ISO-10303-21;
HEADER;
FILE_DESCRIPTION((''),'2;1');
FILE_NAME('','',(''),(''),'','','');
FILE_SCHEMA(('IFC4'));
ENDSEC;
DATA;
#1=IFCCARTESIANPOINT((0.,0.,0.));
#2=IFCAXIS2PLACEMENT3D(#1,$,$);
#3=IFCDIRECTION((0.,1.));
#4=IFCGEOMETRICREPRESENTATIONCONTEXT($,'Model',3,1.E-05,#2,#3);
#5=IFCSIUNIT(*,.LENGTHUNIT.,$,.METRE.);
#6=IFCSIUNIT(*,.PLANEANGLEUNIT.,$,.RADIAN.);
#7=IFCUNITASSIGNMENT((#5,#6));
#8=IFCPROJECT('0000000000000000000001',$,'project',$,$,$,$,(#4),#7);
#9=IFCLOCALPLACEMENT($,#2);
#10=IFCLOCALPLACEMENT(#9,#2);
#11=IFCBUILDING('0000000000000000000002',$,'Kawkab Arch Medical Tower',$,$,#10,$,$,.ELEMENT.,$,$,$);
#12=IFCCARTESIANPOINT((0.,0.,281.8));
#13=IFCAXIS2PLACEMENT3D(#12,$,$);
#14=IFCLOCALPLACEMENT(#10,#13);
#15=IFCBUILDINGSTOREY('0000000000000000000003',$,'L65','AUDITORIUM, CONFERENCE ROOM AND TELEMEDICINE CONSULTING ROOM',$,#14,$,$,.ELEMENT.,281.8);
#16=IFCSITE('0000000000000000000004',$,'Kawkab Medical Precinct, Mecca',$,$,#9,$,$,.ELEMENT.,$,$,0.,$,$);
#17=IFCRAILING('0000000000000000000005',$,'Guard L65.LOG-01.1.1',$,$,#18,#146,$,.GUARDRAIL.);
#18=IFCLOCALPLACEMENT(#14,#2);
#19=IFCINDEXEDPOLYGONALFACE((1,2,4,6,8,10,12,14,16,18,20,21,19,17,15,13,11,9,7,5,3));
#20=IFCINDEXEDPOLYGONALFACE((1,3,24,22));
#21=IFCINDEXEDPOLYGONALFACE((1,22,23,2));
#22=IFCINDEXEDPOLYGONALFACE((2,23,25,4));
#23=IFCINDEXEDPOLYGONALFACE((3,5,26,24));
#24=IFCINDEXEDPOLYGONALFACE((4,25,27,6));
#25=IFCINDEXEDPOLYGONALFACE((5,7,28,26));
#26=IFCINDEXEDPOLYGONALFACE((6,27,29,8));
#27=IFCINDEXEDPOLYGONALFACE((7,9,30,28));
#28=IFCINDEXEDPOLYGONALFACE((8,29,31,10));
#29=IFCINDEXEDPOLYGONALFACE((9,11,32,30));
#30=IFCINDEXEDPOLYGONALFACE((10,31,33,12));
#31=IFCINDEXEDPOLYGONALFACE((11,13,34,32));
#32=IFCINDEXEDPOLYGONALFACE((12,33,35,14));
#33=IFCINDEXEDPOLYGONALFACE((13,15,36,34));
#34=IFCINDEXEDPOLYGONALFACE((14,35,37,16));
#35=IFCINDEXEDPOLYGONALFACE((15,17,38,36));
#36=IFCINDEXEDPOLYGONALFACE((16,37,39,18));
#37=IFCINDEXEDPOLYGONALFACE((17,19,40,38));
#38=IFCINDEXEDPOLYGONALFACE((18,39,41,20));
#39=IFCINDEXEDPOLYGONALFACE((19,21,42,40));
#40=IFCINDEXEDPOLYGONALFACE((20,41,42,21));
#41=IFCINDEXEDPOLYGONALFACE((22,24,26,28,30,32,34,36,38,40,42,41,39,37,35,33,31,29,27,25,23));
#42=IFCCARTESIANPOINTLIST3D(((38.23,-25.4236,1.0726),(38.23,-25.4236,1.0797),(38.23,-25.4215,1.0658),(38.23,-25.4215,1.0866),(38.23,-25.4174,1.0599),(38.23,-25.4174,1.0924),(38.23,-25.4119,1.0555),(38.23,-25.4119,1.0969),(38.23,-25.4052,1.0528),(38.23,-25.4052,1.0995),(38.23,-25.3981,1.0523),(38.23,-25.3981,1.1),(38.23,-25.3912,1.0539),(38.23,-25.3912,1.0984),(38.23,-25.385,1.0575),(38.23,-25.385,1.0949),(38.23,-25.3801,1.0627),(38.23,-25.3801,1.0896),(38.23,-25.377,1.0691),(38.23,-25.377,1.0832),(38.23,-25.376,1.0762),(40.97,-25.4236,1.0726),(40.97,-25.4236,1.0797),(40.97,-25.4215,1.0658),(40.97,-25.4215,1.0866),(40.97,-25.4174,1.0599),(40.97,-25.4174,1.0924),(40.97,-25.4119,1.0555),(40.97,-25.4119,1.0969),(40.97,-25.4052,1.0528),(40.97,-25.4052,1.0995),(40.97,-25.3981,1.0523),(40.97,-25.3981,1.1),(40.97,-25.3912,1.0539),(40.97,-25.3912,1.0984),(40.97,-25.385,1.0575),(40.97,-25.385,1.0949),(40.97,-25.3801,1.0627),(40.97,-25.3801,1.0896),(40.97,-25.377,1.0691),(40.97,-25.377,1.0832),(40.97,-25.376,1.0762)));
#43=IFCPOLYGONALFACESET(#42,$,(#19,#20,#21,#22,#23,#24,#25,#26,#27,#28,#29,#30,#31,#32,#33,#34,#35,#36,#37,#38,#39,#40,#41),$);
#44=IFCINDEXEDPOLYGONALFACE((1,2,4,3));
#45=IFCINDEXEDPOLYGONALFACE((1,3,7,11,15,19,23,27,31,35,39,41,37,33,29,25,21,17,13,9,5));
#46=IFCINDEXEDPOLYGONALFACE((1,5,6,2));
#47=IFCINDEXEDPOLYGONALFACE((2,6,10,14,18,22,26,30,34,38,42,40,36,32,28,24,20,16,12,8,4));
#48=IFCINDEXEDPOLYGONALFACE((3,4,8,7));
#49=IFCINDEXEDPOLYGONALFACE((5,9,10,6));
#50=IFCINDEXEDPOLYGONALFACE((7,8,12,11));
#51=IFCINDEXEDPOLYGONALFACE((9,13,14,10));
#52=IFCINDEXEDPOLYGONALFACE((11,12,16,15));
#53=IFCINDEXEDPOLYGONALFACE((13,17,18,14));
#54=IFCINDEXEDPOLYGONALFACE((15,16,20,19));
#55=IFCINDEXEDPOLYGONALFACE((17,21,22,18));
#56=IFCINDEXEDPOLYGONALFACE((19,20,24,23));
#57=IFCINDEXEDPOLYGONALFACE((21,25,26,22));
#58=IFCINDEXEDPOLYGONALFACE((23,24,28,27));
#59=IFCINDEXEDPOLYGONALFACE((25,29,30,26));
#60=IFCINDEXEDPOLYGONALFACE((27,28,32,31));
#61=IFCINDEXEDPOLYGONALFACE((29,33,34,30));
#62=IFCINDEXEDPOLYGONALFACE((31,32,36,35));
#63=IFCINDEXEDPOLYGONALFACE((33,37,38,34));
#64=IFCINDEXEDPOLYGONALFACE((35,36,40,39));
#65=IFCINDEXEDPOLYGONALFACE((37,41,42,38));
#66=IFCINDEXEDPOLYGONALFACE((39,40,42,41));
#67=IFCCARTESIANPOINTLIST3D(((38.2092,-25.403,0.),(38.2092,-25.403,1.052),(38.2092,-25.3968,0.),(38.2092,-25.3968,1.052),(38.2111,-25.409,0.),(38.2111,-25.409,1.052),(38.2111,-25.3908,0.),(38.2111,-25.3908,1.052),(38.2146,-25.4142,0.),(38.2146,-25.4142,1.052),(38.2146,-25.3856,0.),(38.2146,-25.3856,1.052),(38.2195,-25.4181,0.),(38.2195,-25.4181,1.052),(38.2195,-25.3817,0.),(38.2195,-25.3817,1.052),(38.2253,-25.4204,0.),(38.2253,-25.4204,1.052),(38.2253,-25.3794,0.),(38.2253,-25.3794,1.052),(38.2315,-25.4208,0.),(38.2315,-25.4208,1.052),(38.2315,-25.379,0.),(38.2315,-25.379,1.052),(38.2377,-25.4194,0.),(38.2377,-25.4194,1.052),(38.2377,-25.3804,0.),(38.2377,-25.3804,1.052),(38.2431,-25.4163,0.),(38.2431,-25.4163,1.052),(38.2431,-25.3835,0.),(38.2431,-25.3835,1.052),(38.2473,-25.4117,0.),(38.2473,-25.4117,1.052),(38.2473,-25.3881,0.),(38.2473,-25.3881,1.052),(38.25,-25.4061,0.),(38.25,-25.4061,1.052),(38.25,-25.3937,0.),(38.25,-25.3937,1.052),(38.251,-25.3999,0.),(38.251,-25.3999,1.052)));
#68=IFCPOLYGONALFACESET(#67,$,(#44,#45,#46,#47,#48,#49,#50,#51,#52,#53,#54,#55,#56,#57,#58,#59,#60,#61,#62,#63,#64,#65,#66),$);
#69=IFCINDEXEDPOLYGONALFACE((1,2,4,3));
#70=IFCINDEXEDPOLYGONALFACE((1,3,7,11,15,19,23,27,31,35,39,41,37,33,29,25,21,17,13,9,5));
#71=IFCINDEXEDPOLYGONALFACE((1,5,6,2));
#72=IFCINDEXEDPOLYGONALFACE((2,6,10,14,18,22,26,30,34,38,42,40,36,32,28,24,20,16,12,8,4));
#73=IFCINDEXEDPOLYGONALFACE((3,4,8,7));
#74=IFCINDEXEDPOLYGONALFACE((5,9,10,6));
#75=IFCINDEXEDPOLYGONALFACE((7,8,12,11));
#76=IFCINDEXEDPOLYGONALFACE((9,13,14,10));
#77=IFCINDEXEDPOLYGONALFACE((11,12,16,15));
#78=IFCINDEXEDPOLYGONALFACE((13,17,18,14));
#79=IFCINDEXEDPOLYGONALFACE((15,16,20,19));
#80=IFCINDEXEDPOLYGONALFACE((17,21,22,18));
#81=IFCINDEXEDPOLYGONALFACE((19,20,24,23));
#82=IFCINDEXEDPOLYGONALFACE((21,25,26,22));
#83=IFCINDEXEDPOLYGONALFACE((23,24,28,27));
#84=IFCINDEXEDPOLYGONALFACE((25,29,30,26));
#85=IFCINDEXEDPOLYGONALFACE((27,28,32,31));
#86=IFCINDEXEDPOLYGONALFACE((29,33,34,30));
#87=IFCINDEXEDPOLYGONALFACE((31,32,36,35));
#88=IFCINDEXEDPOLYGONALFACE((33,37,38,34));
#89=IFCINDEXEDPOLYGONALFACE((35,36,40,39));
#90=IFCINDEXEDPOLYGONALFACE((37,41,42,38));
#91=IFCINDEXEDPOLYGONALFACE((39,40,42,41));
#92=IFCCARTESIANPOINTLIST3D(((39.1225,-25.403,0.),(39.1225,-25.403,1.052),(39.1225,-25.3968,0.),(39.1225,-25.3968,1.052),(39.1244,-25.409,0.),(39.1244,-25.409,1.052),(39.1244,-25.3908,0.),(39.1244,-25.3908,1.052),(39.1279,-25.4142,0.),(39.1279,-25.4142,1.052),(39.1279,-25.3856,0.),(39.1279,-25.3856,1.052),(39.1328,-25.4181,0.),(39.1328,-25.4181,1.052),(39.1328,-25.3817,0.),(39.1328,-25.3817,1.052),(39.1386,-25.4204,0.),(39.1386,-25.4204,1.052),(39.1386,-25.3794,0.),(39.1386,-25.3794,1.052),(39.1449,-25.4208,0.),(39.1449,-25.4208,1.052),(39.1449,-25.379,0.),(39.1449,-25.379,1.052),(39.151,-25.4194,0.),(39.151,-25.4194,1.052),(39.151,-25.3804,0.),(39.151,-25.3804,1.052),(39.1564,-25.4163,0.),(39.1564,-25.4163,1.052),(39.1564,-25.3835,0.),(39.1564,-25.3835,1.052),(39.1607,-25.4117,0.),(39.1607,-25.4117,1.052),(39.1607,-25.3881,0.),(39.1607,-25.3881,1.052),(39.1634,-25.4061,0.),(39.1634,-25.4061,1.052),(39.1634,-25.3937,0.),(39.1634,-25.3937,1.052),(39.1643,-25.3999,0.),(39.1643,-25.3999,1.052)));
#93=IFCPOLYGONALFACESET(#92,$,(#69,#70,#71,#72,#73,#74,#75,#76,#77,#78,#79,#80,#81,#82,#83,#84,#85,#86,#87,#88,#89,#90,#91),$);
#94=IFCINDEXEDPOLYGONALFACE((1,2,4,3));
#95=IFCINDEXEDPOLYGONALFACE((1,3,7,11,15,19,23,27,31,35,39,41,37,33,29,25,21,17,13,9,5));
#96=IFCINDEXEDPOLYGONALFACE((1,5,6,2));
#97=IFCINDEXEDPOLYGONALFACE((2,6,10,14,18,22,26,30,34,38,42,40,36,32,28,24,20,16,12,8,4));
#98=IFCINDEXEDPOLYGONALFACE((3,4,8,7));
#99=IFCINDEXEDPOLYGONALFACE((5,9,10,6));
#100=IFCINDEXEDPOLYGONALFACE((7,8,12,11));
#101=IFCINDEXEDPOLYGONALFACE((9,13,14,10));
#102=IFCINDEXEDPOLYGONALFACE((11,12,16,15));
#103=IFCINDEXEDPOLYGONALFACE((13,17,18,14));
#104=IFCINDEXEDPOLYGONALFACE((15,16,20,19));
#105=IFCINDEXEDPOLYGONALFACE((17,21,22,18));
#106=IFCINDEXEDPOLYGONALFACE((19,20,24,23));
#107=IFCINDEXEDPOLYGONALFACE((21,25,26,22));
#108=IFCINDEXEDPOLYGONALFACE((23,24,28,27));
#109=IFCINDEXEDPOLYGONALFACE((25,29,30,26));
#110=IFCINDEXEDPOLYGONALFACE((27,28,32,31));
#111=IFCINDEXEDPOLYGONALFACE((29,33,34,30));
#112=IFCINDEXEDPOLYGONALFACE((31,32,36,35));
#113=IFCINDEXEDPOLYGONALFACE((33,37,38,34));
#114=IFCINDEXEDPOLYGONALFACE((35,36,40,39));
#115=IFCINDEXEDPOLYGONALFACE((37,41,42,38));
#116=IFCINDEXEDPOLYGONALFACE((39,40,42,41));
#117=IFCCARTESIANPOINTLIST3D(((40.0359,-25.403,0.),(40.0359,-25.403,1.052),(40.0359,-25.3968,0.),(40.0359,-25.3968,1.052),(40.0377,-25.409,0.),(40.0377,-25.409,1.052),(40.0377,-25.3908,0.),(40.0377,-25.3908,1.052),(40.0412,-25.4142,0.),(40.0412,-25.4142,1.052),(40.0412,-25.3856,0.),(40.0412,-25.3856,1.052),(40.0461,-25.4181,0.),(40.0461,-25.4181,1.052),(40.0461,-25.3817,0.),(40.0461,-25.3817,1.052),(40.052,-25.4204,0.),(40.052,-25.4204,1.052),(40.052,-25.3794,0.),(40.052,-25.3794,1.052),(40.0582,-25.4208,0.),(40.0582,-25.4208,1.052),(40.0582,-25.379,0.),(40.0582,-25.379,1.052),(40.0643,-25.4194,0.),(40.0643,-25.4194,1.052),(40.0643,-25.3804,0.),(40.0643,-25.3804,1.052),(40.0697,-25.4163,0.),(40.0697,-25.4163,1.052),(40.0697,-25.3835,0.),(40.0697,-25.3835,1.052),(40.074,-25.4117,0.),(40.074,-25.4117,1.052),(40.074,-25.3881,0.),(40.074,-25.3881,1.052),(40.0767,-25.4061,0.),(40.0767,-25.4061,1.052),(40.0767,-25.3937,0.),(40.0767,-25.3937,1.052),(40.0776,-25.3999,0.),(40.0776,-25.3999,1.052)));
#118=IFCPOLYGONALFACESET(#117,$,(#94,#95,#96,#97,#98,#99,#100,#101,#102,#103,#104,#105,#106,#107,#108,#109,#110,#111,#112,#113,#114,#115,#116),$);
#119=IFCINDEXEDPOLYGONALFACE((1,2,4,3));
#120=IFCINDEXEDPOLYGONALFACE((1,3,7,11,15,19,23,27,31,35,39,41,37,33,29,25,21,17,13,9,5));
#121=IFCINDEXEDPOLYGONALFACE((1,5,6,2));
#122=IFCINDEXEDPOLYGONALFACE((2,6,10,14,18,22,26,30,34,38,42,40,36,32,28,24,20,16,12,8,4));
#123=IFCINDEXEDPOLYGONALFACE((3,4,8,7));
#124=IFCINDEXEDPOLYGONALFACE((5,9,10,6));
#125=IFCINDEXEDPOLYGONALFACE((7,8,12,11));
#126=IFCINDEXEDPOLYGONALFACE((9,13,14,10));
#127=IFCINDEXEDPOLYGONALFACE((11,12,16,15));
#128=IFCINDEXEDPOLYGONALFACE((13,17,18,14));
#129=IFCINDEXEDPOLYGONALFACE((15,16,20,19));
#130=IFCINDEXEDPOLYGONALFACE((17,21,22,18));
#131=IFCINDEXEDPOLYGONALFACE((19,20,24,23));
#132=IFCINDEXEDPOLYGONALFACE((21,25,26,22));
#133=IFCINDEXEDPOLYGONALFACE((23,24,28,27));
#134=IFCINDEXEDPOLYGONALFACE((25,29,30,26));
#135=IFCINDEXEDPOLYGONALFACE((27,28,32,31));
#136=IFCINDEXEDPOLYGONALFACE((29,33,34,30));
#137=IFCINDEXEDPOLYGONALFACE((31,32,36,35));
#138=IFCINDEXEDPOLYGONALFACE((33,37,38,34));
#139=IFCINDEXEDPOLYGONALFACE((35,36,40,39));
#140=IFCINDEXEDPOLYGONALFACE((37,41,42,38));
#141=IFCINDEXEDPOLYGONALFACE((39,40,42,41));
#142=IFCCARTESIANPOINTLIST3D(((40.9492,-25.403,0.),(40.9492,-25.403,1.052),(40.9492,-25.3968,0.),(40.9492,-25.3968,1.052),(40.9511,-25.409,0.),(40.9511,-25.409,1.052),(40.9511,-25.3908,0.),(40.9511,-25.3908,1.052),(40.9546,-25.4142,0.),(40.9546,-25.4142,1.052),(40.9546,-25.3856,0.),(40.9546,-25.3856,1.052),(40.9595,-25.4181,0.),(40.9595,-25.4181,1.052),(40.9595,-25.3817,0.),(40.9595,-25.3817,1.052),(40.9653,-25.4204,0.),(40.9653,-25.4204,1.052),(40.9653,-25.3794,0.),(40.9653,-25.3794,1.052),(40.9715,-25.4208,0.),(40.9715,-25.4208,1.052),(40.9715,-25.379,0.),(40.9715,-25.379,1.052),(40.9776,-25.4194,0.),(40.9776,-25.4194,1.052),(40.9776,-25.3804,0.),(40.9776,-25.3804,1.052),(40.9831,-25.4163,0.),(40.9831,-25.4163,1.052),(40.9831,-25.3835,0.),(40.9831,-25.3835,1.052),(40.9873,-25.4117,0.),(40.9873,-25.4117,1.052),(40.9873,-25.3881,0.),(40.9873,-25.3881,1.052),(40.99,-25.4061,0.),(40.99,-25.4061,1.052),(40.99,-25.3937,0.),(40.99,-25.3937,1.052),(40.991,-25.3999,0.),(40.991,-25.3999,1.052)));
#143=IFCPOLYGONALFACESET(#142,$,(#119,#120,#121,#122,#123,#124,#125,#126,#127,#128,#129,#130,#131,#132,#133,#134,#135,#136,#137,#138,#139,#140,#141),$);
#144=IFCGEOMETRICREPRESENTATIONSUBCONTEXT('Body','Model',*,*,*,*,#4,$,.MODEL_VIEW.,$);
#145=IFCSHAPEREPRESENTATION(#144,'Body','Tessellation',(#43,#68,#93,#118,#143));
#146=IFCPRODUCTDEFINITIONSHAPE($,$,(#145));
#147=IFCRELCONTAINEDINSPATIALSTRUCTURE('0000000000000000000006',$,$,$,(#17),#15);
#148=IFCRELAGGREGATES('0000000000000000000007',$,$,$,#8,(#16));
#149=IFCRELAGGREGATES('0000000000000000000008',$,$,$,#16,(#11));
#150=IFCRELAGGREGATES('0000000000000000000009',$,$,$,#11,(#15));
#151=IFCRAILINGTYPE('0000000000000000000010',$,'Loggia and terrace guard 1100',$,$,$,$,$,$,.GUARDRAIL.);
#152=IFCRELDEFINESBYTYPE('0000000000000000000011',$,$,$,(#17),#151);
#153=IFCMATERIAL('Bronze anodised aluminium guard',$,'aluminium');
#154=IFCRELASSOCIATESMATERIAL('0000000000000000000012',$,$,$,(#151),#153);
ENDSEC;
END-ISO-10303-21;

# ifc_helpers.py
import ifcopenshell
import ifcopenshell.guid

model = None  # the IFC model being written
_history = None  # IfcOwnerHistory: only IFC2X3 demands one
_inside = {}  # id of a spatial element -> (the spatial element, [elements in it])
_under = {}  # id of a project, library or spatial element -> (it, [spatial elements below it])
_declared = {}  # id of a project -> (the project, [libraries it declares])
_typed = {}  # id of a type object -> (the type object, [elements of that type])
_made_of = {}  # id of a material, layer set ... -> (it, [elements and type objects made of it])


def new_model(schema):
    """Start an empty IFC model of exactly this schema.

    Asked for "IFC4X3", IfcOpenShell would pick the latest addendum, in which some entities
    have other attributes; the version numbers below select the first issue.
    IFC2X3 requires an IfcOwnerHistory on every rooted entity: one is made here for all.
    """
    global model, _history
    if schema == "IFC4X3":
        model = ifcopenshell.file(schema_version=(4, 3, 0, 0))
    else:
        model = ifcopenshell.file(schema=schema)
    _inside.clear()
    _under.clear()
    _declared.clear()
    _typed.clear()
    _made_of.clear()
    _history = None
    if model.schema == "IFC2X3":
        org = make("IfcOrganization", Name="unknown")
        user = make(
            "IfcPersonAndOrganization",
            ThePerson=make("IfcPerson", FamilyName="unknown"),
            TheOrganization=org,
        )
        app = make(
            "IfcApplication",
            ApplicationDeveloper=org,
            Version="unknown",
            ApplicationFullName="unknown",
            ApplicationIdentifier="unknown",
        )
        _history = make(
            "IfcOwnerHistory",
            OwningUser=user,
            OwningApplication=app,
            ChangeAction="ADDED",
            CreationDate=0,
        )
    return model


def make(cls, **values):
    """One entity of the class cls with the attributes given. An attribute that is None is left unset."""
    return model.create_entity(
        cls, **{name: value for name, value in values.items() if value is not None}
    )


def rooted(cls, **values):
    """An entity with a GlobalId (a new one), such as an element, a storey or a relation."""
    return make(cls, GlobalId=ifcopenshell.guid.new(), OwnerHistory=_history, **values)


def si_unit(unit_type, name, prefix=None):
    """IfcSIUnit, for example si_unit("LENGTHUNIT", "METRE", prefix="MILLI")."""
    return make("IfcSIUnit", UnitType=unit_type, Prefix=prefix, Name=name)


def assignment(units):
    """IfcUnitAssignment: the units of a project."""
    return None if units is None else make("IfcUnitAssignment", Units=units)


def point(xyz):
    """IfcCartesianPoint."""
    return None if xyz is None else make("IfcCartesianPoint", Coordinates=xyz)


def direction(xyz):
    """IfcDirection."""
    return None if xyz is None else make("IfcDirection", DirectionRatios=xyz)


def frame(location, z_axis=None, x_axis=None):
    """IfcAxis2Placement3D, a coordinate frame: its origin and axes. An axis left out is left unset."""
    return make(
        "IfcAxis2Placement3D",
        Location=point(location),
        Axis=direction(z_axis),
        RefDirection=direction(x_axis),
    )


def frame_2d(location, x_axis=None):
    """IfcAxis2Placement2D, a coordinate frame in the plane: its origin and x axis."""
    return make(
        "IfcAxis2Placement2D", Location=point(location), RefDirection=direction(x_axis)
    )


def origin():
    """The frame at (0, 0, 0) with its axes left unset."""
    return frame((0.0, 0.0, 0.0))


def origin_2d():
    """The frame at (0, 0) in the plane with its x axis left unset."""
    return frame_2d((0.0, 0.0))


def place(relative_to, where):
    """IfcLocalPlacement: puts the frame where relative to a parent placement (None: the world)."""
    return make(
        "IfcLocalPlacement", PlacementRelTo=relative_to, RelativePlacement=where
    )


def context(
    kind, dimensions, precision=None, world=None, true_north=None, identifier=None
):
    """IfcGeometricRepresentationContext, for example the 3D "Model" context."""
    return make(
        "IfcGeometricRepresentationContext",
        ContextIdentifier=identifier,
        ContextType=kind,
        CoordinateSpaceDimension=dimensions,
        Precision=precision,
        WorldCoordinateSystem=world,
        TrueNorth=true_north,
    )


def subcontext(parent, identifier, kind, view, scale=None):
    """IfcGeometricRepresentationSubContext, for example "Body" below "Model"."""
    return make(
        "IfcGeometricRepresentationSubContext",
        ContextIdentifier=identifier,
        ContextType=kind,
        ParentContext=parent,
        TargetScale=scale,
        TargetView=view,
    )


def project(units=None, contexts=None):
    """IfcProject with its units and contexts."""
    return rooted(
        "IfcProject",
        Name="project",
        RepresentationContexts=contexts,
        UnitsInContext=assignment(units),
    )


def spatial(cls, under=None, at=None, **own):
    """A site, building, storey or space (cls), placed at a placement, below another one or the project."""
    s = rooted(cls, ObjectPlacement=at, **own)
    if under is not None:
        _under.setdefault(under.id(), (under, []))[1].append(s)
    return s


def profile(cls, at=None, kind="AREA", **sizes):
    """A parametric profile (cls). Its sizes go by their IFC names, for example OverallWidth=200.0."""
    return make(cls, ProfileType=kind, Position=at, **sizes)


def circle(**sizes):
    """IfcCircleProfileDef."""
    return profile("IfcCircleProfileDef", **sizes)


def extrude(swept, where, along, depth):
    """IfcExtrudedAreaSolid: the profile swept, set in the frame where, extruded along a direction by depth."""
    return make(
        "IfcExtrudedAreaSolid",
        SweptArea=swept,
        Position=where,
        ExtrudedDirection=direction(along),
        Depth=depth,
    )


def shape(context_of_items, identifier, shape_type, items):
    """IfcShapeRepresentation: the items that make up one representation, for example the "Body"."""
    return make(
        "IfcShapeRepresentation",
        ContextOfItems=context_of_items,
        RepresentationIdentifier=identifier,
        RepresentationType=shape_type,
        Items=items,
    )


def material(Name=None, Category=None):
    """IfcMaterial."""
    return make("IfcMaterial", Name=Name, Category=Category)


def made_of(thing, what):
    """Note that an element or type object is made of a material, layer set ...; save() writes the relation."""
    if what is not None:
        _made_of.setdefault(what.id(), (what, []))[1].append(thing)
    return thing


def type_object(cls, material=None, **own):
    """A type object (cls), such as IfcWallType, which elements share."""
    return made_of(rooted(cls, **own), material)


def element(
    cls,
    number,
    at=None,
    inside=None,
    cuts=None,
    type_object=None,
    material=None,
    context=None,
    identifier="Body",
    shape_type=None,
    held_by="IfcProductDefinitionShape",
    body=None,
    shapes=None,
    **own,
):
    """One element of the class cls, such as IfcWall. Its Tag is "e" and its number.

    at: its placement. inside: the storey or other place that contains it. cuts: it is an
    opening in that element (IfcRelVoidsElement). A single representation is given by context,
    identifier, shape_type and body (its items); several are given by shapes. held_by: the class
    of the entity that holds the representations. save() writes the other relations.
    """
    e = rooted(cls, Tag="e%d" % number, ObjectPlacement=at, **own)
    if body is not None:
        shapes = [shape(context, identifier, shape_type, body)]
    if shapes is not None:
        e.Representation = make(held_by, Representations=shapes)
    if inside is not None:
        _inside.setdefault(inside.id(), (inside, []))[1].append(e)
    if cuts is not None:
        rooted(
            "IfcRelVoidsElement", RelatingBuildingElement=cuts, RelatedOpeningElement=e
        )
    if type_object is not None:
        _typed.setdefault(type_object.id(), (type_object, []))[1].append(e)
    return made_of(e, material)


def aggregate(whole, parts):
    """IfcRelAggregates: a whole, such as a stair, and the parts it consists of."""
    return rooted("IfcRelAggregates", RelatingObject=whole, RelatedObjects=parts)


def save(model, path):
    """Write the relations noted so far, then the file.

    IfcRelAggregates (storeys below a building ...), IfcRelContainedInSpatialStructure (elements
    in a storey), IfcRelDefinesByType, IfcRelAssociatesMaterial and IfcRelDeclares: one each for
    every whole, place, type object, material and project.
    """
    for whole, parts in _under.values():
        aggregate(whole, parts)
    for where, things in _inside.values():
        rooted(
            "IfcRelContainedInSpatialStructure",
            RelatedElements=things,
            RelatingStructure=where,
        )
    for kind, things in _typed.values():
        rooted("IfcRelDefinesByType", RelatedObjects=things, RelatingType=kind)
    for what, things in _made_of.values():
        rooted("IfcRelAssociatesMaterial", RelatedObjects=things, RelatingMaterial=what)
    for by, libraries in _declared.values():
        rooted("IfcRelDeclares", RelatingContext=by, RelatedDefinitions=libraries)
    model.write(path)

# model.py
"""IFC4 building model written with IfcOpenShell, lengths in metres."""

from ifc_helpers import new_model, si_unit, direction, frame, origin, origin_2d, place, context, subcontext, project, spatial, circle, extrude, material, type_object, element, save


model = new_model("IFC4")

# Units and contexts
model_context = context("Model", 3, precision=1e-05, world=origin(), true_north=direction((0.0, 1.0)))
body_context = subcontext(model_context, "Body", "Model", "MODEL_VIEW")
ifc_project = project(units=[si_unit("LENGTHUNIT", "METRE"), si_unit("PLANEANGLEUNIT", "RADIAN")], contexts=[model_context])

# Site, building, storey
site_placement = place(None, origin())
site = spatial("IfcSite", under=ifc_project, at=site_placement, Name="Kawkab Medical Precinct, Mecca", CompositionType="ELEMENT", RefElevation=0.0)
building_placement = place(site_placement, origin())
building = spatial("IfcBuilding", under=site, at=building_placement, Name="Kawkab Arch Medical Tower", CompositionType="ELEMENT")
storey_placement = place(building_placement, frame((0.0, 0.0, 281.8)))
storey = spatial("IfcBuildingStorey", under=building, at=storey_placement, Name="L65", Description="AUDITORIUM, CONFERENCE ROOM AND TELEMEDICINE CONSULTING ROOM", CompositionType="ELEMENT", Elevation=281.8)

# Railing
ifc_material_1 = material(Name="Bronze anodised aluminium guard", Category="aluminium")
railing_type_1 = type_object("IfcRailingType", Name="Loggia and terrace guard 1100", PredefinedType="GUARDRAIL", material=ifc_material_1)
railing_1_placement = place(storey_placement, frame((38.23, -25.3999, 0.0)))
element("IfcRailing", 1, at=railing_1_placement, inside=storey, type_object=railing_type_1, Name="Guard L65.LOG-01.1.1", PredefinedType="GUARDRAIL", context=body_context, shape_type="SweptSolid", body=[
    extrude(circle(Radius=0.0239, at=origin_2d()), frame((0.0, 0.0, 1.0762), z_axis=(1.0, 0.0, 0.0), x_axis=(0.0, 1.0, 0.0)), (0.0, 0.0, 1.0), 2.74),
    extrude(circle(Radius=0.021, at=origin_2d()), origin(), (0.0, 0.0, 1.0), 1.052),
    extrude(circle(Radius=0.021, at=origin_2d()), frame((0.9133, 0.0, 0.0)), (0.0, 0.0, 1.0), 1.052),
    extrude(circle(Radius=0.021, at=origin_2d()), frame((1.8267, 0.0, 0.0)), (0.0, 0.0, 1.0), 1.052),
    extrude(circle(Radius=0.021, at=origin_2d()), frame((2.74, 0.0, 0.0)), (0.0, 0.0, 1.0), 1.052),
])

save(model, "model.ifc")
